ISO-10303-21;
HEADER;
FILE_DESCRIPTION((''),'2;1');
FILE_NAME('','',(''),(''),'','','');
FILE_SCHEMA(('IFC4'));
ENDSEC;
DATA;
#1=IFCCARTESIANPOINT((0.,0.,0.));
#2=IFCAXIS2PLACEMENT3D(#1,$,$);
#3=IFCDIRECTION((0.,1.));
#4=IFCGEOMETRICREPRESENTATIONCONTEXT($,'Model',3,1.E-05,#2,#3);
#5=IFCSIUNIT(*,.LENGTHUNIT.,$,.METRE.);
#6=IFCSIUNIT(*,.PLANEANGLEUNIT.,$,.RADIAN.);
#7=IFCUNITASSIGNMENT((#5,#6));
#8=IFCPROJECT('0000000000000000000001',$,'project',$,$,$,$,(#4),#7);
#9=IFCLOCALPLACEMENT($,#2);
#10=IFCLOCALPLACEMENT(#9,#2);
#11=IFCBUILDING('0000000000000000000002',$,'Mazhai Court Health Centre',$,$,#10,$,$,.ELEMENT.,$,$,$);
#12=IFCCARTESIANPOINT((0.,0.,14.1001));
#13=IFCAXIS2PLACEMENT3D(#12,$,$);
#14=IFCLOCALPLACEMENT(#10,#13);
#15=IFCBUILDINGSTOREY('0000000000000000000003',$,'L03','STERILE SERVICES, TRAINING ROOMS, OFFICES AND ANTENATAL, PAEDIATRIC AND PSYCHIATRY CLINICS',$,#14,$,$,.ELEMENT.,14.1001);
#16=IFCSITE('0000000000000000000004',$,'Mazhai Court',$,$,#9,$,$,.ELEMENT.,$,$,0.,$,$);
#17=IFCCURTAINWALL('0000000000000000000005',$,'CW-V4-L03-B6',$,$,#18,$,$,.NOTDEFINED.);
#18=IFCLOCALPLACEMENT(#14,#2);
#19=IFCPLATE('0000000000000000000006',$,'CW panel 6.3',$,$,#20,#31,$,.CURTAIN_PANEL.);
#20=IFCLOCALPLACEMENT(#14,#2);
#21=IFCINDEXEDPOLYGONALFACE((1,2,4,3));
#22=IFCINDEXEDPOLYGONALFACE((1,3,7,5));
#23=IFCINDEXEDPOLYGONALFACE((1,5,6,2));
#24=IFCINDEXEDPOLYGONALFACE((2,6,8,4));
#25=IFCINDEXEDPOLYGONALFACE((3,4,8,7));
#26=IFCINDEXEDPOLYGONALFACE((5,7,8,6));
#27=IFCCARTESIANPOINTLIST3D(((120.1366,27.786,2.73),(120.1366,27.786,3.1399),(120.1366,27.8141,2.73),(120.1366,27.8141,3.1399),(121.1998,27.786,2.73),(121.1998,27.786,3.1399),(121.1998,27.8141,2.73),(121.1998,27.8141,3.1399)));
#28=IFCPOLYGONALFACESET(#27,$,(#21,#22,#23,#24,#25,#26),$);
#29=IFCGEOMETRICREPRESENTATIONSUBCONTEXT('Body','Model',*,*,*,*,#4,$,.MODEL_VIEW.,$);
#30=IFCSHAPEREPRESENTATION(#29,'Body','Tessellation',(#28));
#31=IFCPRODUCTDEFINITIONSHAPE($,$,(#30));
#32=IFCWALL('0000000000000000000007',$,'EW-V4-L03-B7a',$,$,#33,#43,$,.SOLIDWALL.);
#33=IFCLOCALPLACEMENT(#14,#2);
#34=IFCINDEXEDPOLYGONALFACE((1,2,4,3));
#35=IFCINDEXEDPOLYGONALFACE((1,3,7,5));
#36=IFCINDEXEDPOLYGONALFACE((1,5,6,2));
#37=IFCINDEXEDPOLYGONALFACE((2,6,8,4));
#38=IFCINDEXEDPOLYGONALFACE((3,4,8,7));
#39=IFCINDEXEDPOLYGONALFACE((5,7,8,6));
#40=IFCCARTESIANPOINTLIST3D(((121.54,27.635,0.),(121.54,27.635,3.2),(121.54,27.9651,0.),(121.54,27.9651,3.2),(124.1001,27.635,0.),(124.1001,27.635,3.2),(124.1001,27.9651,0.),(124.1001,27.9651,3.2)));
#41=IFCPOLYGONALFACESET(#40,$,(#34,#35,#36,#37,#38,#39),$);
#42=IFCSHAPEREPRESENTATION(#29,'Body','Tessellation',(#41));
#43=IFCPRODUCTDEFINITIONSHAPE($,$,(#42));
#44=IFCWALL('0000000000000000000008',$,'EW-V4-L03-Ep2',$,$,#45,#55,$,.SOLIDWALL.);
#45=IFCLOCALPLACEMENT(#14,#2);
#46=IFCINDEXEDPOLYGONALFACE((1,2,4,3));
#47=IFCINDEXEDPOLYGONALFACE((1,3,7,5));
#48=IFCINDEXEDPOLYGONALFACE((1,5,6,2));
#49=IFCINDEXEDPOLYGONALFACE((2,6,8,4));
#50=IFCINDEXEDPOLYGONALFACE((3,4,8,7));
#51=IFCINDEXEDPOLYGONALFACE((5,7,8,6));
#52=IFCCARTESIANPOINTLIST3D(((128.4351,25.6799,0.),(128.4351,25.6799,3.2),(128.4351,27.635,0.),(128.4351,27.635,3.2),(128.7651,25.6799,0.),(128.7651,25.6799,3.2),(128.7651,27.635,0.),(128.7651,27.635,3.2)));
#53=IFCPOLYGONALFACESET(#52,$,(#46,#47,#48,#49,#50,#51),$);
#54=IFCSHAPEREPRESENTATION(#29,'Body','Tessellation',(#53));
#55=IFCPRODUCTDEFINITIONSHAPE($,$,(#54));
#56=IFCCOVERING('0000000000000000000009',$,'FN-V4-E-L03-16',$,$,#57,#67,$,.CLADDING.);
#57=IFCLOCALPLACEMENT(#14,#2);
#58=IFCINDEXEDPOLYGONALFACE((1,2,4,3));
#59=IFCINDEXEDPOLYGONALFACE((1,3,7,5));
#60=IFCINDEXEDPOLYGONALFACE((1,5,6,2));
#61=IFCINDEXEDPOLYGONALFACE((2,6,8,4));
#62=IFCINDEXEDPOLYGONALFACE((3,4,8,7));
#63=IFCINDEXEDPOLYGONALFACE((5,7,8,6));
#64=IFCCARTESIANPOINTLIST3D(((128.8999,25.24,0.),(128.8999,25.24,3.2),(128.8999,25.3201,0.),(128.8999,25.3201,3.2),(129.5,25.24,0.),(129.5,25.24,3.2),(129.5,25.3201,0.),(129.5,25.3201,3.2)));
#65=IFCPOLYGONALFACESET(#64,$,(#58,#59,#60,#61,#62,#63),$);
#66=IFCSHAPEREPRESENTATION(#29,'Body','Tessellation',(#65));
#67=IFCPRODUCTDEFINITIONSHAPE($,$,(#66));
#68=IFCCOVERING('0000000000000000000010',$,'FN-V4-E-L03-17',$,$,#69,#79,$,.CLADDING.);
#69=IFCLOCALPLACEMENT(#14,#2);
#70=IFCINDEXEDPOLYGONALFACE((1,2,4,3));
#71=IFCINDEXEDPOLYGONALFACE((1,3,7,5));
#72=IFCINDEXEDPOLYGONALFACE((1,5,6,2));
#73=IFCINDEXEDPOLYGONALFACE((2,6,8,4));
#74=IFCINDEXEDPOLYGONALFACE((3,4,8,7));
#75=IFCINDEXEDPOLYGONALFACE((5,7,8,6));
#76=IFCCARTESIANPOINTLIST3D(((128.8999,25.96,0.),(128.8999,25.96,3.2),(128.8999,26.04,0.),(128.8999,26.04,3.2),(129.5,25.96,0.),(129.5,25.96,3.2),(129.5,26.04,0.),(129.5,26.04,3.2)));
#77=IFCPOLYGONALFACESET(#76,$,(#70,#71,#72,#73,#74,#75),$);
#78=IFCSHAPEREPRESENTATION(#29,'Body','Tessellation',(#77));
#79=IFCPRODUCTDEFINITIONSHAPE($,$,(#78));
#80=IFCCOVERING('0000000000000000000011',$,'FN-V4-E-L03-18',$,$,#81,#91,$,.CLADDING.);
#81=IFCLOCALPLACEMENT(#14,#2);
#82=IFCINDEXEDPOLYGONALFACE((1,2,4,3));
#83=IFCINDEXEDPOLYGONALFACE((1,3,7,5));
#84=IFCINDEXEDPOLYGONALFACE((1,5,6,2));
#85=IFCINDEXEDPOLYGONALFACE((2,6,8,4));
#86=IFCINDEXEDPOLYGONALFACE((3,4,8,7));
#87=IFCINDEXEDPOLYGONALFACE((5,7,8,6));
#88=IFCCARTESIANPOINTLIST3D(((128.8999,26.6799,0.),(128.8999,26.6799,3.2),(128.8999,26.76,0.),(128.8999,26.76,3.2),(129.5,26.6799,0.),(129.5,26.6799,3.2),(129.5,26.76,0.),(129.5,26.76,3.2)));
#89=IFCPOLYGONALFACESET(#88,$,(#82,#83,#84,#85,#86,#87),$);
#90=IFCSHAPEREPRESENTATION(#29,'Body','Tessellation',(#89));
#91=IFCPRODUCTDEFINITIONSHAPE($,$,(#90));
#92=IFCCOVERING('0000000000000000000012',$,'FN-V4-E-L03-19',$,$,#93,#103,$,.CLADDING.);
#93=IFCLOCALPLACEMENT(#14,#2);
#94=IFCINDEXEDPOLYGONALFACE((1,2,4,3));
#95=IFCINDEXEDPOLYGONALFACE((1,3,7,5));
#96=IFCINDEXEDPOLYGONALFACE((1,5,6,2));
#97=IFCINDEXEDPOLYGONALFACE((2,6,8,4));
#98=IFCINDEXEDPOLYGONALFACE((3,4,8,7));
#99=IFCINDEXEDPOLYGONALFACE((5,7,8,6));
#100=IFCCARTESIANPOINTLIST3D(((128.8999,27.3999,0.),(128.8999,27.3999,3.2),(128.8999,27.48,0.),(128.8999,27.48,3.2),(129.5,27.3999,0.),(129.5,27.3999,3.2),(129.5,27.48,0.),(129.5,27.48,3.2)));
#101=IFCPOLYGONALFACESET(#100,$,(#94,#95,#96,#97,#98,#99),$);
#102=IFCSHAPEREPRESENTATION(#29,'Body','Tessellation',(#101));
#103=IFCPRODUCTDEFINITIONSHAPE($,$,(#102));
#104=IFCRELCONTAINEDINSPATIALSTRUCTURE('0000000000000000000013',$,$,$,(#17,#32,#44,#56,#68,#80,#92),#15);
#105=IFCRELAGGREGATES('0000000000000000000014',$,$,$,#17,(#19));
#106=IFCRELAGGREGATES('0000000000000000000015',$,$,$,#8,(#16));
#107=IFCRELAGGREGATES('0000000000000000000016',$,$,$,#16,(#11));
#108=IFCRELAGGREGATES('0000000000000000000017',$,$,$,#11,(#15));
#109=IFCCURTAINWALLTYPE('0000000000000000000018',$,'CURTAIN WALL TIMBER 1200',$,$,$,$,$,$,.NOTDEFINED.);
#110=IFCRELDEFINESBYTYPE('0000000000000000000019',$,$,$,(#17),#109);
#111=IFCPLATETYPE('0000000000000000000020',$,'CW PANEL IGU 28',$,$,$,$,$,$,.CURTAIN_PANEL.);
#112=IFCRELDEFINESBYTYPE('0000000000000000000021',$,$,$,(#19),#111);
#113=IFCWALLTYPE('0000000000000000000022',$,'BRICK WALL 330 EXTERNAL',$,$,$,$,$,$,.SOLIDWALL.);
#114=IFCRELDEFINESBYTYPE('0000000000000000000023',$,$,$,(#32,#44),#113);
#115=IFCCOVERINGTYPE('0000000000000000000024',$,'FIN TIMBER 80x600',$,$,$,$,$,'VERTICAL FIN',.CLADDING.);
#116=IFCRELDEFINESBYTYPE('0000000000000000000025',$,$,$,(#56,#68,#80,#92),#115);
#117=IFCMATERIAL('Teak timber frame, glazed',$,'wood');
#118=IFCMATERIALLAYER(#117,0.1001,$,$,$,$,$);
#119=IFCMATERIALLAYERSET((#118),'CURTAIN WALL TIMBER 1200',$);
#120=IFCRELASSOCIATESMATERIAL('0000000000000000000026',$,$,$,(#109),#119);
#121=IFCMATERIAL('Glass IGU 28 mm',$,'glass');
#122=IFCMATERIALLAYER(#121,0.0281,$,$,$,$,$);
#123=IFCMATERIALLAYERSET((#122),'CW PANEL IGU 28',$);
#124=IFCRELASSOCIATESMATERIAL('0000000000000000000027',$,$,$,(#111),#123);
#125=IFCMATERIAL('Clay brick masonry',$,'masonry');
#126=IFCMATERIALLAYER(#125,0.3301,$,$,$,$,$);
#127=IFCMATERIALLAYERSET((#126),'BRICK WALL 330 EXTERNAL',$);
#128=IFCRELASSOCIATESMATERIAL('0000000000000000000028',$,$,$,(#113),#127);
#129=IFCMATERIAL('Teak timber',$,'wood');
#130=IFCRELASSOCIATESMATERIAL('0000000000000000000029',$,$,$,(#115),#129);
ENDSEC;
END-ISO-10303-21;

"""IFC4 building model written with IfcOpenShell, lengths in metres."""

from ifc_helpers import new_model, si_unit, direction, frame, frame_2d, origin, origin_2d, place, context, subcontext, project, spatial, rectangle, extrude, material, layer, layer_set, type_object, element, aggregate, save


model = new_model("IFC4")

# Units and contexts
model_context = context("Model", 3, precision=1e-05, world=origin(), true_north=direction((0.0, 1.0)))
body_context = subcontext(model_context, "Body", "Model", "MODEL_VIEW")
ifc_project = project(units=[si_unit("LENGTHUNIT", "METRE"), si_unit("PLANEANGLEUNIT", "RADIAN")], contexts=[model_context])

# Site, building, storey
site_placement = place(None, origin())
site = spatial("IfcSite", under=ifc_project, at=site_placement, Name="Mazhai Court", CompositionType="ELEMENT", RefElevation=0.0)
building_placement = place(site_placement, origin())
building = spatial("IfcBuilding", under=site, at=building_placement, Name="Mazhai Court Health Centre", CompositionType="ELEMENT")
storey_placement = place(building_placement, frame((0.0, 0.0, 14.1001)))
storey = spatial("IfcBuildingStorey", under=building, at=storey_placement, Name="L03", Description="STERILE SERVICES, TRAINING ROOMS, OFFICES AND ANTENATAL, PAEDIATRIC AND PSYCHIATRY CLINICS", CompositionType="ELEMENT", Elevation=14.1001)

# Curtain wall
ifc_material_1 = material(Name="Teak timber frame, glazed", Category="wood")
ifc_layer_1 = layer(ifc_material_1, 0.1001)
ifc_layer_set_1 = layer_set([ifc_layer_1], Name="CURTAIN WALL TIMBER 1200")
curtain_wall_type_1 = type_object("IfcCurtainWallType", Name="CURTAIN WALL TIMBER 1200", PredefinedType="NOTDEFINED", material=ifc_layer_set_1)
curtain_wall_1_placement = place(storey_placement, origin())
curtain_wall_1 = element("IfcCurtainWall", 1, at=curtain_wall_1_placement, inside=storey, type_object=curtain_wall_type_1, Name="CW-V4-L03-B6", PredefinedType="NOTDEFINED")

# Plate
ifc_material_2 = material(Name="Glass IGU 28 mm", Category="glass")
ifc_layer_2 = layer(ifc_material_2, 0.0281)
ifc_layer_set_2 = layer_set([ifc_layer_2], Name="CW PANEL IGU 28")
plate_type = type_object("IfcPlateType", Name="CW PANEL IGU 28", PredefinedType="CURTAIN_PANEL", material=ifc_layer_set_2)
plate_1_placement = place(storey_placement, frame((120.6682, 27.8, 2.73), z_axis=(0.0, 0.0, 1.0), x_axis=(1.0, 0.0, 0.0)))
plate_1 = element("IfcPlate", 2, at=plate_1_placement, type_object=plate_type, Name="CW panel 6.3", PredefinedType="CURTAIN_PANEL", context=body_context, shape_type="SweptSolid", body=[
    extrude(rectangle(XDim=1.0632, YDim=0.0281, at=origin_2d()), origin(), (0.0, 0.0, 1.0), 0.4099),
])
aggregate(curtain_wall_1, [plate_1])

# Walls
ifc_material_3 = material(Name="Clay brick masonry", Category="masonry")
ifc_layer_3 = layer(ifc_material_3, 0.3301)
ifc_layer_set_3 = layer_set([ifc_layer_3], Name="BRICK WALL 330 EXTERNAL")
wall_type = type_object("IfcWallType", Name="BRICK WALL 330 EXTERNAL", PredefinedType="SOLIDWALL", material=ifc_layer_set_3)
wall_1_placement = place(storey_placement, frame((121.54, 27.8, 0.0), z_axis=(0.0, 0.0, 1.0), x_axis=(1.0, 0.0, 0.0)))
element("IfcWall", 3, at=wall_1_placement, inside=storey, type_object=wall_type, Name="EW-V4-L03-B7a", PredefinedType="SOLIDWALL", context=body_context, shape_type="SweptSolid", body=[
    extrude(rectangle(XDim=2.5601, YDim=0.3301, at=frame_2d((1.28, 0.0))), origin(), (0.0, 0.0, 1.0), 3.2),
])
wall_2_placement = place(storey_placement, frame((128.6001, 27.635, 0.0), z_axis=(0.0, 0.0, 1.0), x_axis=(0.0, -1.0, 0.0)))
element("IfcWall", 4, at=wall_2_placement, inside=storey, type_object=wall_type, Name="EW-V4-L03-Ep2", PredefinedType="SOLIDWALL", context=body_context, shape_type="SweptSolid", body=[
    extrude(rectangle(XDim=1.9551, YDim=0.3301, at=frame_2d((0.9775, 0.0))), origin(), (0.0, 0.0, 1.0), 3.2),
])

# Coverings
ifc_material_4 = material(Name="Teak timber", Category="wood")
covering_type = type_object("IfcCoveringType", Name="FIN TIMBER 80x600", ElementType="VERTICAL FIN", PredefinedType="CLADDING", material=ifc_material_4)
for number, where, z_axis, x_axis, name in (
    (5, (129.2, 25.28, 0.0), (0.0, 0.0, 1.0), (0.0, 1.0, 0.0), "FN-V4-E-L03-16"),
    (6, (129.2, 26.0, 0.0), (0.0, 0.0, 1.0), (0.0, 1.0, 0.0), "FN-V4-E-L03-17"),
    (7, (129.2, 26.72, 0.0), (0.0, 0.0, 1.0), (0.0, 1.0, 0.0), "FN-V4-E-L03-18"),
    (8, (129.2, 27.4399, 0.0), (0.0, 0.0, 1.0), (0.0, 1.0, 0.0), "FN-V4-E-L03-19"),
):
    element("IfcCovering", number, at=place(storey_placement, frame(where, z_axis=z_axis, x_axis=x_axis)), inside=storey, type_object=covering_type, Name=name, PredefinedType="CLADDING", context=body_context, shape_type="SweptSolid", body=[
        extrude(rectangle(XDim=0.0801, YDim=0.6001, at=origin_2d()), origin(), (0.0, 0.0, 1.0), 3.2),
    ])

save(model, "model.ifc")
